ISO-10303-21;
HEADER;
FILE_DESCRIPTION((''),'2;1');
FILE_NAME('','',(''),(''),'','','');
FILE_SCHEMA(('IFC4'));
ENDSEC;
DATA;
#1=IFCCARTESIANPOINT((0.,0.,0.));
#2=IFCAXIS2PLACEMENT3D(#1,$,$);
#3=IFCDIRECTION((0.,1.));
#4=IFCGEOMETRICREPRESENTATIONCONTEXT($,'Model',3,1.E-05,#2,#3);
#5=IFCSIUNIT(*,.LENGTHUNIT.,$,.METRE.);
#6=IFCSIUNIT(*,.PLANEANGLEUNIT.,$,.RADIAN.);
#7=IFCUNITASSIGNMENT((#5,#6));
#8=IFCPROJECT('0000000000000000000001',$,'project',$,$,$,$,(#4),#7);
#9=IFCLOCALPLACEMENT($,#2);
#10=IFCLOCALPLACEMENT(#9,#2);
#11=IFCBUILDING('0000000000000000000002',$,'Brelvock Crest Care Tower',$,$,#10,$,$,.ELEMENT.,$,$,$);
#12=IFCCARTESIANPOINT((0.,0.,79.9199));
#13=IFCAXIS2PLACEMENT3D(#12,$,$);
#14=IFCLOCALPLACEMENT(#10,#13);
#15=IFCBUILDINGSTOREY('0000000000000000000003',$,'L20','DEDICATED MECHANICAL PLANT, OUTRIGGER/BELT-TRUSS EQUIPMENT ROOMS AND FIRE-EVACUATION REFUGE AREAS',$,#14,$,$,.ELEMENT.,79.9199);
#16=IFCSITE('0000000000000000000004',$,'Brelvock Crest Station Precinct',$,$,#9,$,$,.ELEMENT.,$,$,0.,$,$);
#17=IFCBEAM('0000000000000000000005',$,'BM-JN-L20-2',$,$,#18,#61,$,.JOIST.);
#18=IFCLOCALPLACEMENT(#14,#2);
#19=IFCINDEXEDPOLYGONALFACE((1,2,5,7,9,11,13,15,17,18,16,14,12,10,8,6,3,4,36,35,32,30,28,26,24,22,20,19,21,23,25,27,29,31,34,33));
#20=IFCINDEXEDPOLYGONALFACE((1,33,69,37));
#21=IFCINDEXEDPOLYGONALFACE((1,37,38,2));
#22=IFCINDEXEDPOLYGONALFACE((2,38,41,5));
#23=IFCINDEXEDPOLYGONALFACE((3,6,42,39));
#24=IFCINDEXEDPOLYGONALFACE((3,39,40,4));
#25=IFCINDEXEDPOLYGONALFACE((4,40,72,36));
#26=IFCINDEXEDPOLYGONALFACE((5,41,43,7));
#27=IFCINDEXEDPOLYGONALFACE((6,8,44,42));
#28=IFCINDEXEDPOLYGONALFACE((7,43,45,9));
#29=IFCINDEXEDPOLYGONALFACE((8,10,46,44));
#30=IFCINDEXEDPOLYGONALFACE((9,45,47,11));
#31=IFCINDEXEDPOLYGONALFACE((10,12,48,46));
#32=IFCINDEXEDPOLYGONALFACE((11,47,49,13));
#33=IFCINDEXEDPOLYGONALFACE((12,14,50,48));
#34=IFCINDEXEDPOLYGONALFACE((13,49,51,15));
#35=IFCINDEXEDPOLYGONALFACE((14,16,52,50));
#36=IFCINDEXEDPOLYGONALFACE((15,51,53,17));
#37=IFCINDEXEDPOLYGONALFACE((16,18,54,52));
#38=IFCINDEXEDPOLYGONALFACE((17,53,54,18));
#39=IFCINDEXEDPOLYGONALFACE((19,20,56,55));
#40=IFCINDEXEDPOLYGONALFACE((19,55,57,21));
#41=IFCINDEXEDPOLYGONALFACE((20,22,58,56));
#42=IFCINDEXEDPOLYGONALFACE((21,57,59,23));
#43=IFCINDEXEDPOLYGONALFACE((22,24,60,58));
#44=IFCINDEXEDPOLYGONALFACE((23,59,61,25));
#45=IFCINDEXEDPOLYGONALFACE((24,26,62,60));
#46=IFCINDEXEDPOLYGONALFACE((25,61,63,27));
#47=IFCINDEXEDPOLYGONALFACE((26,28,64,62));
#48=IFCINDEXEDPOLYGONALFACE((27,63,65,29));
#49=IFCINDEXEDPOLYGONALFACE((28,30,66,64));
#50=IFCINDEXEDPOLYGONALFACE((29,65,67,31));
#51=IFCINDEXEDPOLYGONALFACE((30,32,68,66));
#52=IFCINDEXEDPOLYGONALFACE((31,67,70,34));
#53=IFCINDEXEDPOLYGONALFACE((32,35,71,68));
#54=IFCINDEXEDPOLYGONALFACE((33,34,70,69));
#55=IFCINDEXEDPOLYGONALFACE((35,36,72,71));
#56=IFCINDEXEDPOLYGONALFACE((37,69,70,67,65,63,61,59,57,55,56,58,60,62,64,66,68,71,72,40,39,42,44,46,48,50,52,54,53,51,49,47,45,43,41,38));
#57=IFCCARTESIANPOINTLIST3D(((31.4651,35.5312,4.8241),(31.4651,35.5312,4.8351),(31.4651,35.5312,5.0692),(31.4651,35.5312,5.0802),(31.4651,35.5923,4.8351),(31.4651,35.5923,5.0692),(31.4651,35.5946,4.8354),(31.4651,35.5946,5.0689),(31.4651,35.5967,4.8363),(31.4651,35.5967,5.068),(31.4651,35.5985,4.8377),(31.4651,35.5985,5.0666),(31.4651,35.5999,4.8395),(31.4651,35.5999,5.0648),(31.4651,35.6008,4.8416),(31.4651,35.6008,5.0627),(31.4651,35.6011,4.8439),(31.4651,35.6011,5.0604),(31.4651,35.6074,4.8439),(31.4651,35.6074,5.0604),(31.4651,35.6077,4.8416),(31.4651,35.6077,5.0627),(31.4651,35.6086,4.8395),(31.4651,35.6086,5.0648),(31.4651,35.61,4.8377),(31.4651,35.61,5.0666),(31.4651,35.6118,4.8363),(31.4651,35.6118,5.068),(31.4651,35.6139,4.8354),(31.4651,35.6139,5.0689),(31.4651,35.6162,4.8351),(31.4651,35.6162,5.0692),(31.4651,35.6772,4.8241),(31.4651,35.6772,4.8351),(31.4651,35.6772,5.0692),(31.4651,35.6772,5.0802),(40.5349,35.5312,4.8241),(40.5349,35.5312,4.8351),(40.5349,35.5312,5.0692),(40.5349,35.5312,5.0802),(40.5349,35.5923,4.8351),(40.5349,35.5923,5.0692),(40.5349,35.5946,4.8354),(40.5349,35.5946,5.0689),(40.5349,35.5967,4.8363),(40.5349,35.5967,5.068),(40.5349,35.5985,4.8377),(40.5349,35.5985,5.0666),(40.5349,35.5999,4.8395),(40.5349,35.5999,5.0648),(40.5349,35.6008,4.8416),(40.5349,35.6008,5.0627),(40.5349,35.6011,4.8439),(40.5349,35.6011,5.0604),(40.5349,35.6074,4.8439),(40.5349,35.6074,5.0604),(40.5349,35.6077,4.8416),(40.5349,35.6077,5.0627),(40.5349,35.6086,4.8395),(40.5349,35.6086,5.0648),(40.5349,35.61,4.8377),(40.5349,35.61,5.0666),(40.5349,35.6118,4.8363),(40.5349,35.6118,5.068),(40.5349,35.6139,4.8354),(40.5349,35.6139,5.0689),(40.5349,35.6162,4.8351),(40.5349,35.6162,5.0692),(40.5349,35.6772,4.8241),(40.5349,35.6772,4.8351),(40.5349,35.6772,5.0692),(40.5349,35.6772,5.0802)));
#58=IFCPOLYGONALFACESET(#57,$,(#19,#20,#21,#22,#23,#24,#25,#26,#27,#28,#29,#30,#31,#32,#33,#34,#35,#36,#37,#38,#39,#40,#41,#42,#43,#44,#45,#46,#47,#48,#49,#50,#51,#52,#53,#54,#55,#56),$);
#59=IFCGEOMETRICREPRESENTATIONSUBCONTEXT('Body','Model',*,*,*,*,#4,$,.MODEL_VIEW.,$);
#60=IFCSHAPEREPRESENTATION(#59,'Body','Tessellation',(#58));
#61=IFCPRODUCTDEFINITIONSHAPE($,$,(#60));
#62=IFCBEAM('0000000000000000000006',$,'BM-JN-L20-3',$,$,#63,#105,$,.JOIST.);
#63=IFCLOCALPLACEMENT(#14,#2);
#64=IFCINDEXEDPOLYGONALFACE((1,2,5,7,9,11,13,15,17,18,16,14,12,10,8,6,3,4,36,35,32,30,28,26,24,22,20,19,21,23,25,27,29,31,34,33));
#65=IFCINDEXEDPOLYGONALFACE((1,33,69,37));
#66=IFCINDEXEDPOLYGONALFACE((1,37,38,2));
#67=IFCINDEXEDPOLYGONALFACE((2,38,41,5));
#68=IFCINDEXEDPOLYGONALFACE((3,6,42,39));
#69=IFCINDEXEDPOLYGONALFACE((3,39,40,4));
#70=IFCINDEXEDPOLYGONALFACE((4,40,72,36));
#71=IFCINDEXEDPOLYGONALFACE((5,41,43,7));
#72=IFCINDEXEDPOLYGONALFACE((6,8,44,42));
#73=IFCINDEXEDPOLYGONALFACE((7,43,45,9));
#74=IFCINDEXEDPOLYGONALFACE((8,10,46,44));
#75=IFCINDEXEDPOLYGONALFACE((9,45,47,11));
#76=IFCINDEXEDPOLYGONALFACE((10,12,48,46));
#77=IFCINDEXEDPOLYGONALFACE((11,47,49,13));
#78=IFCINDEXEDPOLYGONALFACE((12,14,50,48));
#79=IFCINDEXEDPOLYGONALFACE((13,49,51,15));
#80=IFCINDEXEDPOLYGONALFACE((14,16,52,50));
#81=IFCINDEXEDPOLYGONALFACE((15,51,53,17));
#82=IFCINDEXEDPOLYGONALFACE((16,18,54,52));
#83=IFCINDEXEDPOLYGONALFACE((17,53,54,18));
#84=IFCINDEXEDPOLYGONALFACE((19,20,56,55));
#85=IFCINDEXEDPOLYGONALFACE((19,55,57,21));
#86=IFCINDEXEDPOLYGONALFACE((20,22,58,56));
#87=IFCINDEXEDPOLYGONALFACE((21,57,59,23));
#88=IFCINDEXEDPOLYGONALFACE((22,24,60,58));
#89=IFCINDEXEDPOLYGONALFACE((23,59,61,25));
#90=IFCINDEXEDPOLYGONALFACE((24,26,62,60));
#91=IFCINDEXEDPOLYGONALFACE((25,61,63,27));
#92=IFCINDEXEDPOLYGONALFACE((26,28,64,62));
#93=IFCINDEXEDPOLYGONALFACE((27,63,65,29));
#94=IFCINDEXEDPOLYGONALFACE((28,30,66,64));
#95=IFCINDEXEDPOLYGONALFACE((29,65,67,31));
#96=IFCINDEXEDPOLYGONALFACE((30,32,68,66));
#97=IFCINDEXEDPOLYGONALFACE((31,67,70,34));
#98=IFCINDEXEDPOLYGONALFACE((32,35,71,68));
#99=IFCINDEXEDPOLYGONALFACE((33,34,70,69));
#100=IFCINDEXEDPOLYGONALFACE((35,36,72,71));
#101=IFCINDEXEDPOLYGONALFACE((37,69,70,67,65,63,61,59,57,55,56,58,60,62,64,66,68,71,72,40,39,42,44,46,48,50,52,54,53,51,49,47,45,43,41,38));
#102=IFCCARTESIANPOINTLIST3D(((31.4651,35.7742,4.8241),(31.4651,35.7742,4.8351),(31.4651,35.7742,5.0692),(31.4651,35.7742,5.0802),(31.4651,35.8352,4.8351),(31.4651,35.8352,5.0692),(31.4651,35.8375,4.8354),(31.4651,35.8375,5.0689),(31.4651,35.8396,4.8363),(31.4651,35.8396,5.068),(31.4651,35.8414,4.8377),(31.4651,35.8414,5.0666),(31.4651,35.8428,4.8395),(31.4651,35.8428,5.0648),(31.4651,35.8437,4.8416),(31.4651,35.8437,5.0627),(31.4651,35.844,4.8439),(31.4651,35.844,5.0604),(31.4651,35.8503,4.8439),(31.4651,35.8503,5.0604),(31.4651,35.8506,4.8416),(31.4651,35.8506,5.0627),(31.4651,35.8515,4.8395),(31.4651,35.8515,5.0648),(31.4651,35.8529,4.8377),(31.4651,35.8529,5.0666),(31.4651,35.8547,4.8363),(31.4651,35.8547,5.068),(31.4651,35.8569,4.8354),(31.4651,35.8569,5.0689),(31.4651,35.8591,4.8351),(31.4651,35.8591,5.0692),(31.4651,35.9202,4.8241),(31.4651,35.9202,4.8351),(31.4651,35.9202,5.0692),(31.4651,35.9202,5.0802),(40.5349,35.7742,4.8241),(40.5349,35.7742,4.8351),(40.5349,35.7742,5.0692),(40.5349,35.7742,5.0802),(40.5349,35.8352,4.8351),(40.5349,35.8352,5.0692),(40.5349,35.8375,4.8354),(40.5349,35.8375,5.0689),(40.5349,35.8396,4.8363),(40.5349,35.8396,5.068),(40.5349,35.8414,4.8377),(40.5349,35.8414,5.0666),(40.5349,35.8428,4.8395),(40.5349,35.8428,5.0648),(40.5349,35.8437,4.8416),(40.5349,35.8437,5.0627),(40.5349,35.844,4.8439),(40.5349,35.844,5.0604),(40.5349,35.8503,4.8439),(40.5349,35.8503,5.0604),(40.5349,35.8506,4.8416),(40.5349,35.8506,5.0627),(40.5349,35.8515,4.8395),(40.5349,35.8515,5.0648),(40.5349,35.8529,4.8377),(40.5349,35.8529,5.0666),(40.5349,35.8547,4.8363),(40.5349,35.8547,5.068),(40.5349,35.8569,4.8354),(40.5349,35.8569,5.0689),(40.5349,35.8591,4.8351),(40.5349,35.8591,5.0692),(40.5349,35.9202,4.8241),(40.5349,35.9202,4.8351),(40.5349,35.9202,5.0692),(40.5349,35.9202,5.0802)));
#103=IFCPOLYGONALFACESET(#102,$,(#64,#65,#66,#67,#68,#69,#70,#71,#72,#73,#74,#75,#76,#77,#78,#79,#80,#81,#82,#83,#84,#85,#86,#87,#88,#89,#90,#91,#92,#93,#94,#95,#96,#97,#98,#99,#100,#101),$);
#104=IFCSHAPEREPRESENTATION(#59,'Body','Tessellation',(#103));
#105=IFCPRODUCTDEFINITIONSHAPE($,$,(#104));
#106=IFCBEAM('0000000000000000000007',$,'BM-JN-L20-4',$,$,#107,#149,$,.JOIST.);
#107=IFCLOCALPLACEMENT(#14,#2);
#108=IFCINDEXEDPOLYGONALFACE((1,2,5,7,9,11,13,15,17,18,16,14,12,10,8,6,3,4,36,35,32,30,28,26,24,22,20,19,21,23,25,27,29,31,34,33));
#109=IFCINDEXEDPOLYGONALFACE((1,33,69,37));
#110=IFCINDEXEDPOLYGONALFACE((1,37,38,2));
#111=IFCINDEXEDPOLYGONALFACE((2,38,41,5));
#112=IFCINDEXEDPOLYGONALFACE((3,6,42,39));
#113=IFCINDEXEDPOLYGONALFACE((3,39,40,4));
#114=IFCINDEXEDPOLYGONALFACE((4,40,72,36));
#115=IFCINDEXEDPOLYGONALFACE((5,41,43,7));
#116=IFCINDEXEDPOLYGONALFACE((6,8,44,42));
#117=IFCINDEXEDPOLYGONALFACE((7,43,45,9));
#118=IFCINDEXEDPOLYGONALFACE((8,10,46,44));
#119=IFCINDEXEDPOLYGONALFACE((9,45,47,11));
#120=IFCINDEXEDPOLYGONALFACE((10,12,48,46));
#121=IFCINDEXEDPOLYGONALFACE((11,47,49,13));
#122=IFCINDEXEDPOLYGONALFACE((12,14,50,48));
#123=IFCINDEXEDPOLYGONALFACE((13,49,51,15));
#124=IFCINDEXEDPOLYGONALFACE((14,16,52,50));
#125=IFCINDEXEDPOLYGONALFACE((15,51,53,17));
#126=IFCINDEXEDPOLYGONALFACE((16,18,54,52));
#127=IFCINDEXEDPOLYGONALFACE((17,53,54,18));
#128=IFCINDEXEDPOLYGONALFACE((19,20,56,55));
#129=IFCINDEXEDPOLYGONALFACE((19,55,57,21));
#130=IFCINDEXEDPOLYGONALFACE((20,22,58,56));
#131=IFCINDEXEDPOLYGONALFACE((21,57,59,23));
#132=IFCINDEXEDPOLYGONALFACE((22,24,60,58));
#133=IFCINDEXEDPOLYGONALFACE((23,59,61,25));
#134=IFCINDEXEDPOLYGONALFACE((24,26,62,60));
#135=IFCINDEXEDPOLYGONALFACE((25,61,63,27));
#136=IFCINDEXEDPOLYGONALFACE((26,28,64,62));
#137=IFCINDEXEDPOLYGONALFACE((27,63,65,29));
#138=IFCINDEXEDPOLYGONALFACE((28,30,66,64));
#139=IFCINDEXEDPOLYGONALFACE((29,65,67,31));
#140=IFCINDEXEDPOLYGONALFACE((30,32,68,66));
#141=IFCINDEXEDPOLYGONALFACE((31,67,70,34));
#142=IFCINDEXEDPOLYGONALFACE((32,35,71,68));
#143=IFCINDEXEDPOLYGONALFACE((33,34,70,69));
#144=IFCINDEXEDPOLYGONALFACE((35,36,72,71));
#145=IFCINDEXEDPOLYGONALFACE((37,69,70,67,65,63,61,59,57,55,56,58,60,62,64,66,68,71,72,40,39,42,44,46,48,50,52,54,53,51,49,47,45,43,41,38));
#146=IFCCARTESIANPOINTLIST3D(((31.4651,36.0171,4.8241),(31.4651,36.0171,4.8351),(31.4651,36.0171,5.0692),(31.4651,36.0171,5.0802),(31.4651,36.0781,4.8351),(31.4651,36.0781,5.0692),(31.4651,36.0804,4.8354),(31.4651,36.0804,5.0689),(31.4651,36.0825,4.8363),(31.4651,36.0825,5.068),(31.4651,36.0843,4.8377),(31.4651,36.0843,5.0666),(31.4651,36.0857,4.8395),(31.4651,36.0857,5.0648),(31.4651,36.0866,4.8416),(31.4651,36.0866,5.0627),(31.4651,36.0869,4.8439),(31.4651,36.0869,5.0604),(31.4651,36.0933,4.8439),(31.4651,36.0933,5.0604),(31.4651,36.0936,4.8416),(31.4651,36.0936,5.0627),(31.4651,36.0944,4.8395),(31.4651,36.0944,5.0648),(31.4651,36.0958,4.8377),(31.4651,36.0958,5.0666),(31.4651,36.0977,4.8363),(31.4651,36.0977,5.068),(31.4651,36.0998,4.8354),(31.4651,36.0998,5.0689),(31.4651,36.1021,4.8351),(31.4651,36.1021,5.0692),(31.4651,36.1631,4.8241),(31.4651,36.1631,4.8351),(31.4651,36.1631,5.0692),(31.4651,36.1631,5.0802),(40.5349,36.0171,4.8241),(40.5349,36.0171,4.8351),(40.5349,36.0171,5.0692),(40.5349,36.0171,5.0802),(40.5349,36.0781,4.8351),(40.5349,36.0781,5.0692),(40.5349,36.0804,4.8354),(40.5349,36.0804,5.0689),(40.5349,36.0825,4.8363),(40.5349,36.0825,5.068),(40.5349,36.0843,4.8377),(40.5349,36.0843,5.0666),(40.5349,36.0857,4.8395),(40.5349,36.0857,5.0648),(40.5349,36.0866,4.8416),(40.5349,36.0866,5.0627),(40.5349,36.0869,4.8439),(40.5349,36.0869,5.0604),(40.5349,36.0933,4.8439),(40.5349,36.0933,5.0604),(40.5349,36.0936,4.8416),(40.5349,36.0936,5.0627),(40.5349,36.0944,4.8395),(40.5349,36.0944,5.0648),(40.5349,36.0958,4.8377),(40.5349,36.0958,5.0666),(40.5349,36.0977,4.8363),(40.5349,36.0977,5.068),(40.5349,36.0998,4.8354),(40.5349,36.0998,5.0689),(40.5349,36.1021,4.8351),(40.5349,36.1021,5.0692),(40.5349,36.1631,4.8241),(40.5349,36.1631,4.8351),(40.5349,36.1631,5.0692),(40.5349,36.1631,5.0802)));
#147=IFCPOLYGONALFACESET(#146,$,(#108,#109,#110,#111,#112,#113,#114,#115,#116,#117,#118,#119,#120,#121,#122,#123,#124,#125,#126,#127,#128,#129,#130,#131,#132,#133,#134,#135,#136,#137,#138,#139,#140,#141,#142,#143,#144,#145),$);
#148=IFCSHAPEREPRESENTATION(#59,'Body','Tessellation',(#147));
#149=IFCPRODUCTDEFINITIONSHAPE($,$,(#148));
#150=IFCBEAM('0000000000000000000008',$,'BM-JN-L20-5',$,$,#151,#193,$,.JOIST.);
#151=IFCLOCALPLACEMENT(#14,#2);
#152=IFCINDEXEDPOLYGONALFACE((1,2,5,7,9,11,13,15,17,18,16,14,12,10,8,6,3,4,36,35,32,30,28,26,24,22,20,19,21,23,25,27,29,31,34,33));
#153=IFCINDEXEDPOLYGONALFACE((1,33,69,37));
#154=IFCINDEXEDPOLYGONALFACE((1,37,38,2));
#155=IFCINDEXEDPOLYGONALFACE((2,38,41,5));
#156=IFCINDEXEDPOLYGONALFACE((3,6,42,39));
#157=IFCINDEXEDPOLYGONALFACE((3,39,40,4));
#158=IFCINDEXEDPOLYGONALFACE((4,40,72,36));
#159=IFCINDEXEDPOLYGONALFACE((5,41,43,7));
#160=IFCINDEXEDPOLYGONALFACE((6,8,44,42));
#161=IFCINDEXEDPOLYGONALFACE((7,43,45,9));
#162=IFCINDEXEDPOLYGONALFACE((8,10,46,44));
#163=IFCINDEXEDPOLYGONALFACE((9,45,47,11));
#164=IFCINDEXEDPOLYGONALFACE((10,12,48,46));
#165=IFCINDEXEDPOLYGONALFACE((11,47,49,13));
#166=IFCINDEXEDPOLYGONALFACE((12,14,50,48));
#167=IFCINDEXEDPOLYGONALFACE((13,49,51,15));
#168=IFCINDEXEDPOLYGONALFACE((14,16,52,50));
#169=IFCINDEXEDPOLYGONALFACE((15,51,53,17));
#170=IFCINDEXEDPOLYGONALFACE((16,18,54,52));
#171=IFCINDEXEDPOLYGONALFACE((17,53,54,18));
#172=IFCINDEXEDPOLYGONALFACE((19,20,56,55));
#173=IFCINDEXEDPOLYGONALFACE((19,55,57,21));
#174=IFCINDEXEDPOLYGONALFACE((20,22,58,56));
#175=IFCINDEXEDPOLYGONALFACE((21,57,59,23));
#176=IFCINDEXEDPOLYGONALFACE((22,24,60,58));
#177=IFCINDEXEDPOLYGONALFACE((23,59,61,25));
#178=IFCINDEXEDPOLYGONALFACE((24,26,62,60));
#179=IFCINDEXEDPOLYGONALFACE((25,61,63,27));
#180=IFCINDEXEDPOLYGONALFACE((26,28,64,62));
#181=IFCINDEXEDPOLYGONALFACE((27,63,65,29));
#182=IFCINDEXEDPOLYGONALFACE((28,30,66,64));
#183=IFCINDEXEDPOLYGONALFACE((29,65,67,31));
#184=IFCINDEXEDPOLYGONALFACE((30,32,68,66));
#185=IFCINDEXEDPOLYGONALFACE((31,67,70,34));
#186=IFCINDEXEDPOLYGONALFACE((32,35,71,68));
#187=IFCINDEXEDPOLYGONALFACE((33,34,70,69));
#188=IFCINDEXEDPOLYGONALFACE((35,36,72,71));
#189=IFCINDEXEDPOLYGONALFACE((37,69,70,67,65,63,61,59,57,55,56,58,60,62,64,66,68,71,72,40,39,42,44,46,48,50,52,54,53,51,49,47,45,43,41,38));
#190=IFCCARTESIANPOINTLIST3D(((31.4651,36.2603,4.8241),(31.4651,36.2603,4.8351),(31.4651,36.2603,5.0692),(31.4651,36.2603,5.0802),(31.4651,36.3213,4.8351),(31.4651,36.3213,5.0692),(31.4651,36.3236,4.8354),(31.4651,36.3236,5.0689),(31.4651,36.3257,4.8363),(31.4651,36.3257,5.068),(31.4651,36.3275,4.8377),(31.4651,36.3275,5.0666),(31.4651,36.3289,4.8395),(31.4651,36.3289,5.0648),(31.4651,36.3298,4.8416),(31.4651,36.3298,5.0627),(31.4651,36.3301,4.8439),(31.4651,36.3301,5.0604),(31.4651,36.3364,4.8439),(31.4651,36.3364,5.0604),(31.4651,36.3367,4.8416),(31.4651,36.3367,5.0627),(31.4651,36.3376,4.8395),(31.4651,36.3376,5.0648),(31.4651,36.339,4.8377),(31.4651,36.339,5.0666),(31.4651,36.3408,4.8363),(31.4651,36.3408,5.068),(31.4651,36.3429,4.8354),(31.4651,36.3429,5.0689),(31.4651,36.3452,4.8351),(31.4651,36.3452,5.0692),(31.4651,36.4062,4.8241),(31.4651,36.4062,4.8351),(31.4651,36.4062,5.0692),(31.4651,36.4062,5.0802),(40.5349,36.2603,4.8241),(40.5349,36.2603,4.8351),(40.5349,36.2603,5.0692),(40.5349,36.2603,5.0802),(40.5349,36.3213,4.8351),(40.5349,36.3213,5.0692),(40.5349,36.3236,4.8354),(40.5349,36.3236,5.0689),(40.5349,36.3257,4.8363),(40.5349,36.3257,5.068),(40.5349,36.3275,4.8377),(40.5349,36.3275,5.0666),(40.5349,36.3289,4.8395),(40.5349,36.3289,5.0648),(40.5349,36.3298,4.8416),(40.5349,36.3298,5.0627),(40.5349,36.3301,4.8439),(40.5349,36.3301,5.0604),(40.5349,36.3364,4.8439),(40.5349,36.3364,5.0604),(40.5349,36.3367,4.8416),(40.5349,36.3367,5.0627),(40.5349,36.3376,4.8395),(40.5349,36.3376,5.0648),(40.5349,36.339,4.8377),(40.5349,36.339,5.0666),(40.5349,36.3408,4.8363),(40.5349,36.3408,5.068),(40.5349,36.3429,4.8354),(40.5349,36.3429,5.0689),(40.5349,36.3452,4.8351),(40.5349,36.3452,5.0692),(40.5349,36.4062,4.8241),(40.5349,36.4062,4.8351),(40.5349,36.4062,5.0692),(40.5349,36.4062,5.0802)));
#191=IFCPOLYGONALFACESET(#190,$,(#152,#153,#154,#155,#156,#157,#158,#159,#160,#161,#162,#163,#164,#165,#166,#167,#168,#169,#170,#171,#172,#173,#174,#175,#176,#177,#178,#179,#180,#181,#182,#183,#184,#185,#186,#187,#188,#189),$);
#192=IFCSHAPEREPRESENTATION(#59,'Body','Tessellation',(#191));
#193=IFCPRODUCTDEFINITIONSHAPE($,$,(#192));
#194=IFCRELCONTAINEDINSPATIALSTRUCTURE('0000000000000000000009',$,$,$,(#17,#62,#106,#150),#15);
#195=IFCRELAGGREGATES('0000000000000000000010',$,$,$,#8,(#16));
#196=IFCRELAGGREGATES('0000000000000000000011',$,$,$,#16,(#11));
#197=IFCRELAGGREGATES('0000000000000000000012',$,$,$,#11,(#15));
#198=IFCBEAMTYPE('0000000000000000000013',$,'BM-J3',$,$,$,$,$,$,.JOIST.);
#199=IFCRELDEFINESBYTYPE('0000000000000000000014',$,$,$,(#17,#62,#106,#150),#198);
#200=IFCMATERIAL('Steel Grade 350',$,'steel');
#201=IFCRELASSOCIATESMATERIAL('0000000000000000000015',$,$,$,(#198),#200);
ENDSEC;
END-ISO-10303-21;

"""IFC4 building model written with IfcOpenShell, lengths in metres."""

from ifc_helpers import new_model, si_unit, direction, frame, origin, origin_2d, place, context, subcontext, project, spatial, i_section, extrude, source, transform, mapped, material, material_profile, profile_set, type_object, element, save


model = new_model("IFC4")

# Units and contexts
model_context = context("Model", 3, precision=1e-05, world=origin(), true_north=direction((0.0, 1.0)))
body_context = subcontext(model_context, "Body", "Model", "MODEL_VIEW")
ifc_project = project(units=[si_unit("LENGTHUNIT", "METRE"), si_unit("PLANEANGLEUNIT", "RADIAN")], contexts=[model_context])

# Site, building, storey
site_placement = place(None, origin())
site = spatial("IfcSite", under=ifc_project, at=site_placement, Name="Brelvock Crest Station Precinct", CompositionType="ELEMENT", RefElevation=0.0)
building_placement = place(site_placement, origin())
building = spatial("IfcBuilding", under=site, at=building_placement, Name="Brelvock Crest Care Tower", CompositionType="ELEMENT")
storey_placement = place(building_placement, frame((0.0, 0.0, 79.9199)))
storey = spatial("IfcBuildingStorey", under=building, at=storey_placement, Name="L20", Description="DEDICATED MECHANICAL PLANT, OUTRIGGER/BELT-TRUSS EQUIPMENT ROOMS AND FIRE-EVACUATION REFUGE AREAS", CompositionType="ELEMENT", Elevation=79.9199)

# Shared definitions
ifc_material = material(Name="Steel Grade 350", Category="steel")

# Beams
ifc_material_profile_1 = material_profile(ifc_material, i_section(OverallWidth=0.146, OverallDepth=0.2561, WebThickness=0.0063, FlangeThickness=0.011, FilletRadius=0.0088, at=origin_2d()), Name="250UB37.3")
ifc_profile_set_1 = profile_set([ifc_material_profile_1], Name="Steel Grade 350")
beam_type_1 = type_object("IfcBeamType", Name="BM-J3", PredefinedType="JOIST", material=ifc_profile_set_1)
shared_shape_1 = source(origin(), body_context, "Body", "SweptSolid", [
    extrude(i_section(OverallWidth=0.146, OverallDepth=0.2561, WebThickness=0.0063, FlangeThickness=0.011, FilletRadius=0.0088, at=origin_2d()), origin(), (0.0, 0.0, 1.0), 9.0698),
])
for number, where, z_axis, x_axis, name in (
    (1, (31.4651, 35.6042, 4.9521), (1.0, 0.0, 0.0), (0.0, 1.0, 0.0), "BM-JN-L20-2"),
    (2, (31.4651, 35.8472, 4.9521), (1.0, 0.0, 0.0), (0.0, 1.0, 0.0), "BM-JN-L20-3"),
    (3, (31.4651, 36.0901, 4.9521), (1.0, 0.0, 0.0), (0.0, 1.0, 0.0), "BM-JN-L20-4"),
    (4, (31.4651, 36.3333, 4.9521), (1.0, 0.0, 0.0), (0.0, 1.0, 0.0), "BM-JN-L20-5"),
):
    element("IfcBeam", number, at=place(storey_placement, frame(where, z_axis=z_axis, x_axis=x_axis)), inside=storey, type_object=beam_type_1, Name=name, PredefinedType="JOIST", context=body_context, shape_type="MappedRepresentation", body=[
        mapped(shared_shape_1, transform((0.0, 0.0, 0.0), x_axis=(1.0, 0.0, 0.0), y_axis=(0.0, 1.0, 0.0), z_axis=(0.0, 0.0, 1.0), scale=1.0)),
    ])

save(model, "model.ifc")
